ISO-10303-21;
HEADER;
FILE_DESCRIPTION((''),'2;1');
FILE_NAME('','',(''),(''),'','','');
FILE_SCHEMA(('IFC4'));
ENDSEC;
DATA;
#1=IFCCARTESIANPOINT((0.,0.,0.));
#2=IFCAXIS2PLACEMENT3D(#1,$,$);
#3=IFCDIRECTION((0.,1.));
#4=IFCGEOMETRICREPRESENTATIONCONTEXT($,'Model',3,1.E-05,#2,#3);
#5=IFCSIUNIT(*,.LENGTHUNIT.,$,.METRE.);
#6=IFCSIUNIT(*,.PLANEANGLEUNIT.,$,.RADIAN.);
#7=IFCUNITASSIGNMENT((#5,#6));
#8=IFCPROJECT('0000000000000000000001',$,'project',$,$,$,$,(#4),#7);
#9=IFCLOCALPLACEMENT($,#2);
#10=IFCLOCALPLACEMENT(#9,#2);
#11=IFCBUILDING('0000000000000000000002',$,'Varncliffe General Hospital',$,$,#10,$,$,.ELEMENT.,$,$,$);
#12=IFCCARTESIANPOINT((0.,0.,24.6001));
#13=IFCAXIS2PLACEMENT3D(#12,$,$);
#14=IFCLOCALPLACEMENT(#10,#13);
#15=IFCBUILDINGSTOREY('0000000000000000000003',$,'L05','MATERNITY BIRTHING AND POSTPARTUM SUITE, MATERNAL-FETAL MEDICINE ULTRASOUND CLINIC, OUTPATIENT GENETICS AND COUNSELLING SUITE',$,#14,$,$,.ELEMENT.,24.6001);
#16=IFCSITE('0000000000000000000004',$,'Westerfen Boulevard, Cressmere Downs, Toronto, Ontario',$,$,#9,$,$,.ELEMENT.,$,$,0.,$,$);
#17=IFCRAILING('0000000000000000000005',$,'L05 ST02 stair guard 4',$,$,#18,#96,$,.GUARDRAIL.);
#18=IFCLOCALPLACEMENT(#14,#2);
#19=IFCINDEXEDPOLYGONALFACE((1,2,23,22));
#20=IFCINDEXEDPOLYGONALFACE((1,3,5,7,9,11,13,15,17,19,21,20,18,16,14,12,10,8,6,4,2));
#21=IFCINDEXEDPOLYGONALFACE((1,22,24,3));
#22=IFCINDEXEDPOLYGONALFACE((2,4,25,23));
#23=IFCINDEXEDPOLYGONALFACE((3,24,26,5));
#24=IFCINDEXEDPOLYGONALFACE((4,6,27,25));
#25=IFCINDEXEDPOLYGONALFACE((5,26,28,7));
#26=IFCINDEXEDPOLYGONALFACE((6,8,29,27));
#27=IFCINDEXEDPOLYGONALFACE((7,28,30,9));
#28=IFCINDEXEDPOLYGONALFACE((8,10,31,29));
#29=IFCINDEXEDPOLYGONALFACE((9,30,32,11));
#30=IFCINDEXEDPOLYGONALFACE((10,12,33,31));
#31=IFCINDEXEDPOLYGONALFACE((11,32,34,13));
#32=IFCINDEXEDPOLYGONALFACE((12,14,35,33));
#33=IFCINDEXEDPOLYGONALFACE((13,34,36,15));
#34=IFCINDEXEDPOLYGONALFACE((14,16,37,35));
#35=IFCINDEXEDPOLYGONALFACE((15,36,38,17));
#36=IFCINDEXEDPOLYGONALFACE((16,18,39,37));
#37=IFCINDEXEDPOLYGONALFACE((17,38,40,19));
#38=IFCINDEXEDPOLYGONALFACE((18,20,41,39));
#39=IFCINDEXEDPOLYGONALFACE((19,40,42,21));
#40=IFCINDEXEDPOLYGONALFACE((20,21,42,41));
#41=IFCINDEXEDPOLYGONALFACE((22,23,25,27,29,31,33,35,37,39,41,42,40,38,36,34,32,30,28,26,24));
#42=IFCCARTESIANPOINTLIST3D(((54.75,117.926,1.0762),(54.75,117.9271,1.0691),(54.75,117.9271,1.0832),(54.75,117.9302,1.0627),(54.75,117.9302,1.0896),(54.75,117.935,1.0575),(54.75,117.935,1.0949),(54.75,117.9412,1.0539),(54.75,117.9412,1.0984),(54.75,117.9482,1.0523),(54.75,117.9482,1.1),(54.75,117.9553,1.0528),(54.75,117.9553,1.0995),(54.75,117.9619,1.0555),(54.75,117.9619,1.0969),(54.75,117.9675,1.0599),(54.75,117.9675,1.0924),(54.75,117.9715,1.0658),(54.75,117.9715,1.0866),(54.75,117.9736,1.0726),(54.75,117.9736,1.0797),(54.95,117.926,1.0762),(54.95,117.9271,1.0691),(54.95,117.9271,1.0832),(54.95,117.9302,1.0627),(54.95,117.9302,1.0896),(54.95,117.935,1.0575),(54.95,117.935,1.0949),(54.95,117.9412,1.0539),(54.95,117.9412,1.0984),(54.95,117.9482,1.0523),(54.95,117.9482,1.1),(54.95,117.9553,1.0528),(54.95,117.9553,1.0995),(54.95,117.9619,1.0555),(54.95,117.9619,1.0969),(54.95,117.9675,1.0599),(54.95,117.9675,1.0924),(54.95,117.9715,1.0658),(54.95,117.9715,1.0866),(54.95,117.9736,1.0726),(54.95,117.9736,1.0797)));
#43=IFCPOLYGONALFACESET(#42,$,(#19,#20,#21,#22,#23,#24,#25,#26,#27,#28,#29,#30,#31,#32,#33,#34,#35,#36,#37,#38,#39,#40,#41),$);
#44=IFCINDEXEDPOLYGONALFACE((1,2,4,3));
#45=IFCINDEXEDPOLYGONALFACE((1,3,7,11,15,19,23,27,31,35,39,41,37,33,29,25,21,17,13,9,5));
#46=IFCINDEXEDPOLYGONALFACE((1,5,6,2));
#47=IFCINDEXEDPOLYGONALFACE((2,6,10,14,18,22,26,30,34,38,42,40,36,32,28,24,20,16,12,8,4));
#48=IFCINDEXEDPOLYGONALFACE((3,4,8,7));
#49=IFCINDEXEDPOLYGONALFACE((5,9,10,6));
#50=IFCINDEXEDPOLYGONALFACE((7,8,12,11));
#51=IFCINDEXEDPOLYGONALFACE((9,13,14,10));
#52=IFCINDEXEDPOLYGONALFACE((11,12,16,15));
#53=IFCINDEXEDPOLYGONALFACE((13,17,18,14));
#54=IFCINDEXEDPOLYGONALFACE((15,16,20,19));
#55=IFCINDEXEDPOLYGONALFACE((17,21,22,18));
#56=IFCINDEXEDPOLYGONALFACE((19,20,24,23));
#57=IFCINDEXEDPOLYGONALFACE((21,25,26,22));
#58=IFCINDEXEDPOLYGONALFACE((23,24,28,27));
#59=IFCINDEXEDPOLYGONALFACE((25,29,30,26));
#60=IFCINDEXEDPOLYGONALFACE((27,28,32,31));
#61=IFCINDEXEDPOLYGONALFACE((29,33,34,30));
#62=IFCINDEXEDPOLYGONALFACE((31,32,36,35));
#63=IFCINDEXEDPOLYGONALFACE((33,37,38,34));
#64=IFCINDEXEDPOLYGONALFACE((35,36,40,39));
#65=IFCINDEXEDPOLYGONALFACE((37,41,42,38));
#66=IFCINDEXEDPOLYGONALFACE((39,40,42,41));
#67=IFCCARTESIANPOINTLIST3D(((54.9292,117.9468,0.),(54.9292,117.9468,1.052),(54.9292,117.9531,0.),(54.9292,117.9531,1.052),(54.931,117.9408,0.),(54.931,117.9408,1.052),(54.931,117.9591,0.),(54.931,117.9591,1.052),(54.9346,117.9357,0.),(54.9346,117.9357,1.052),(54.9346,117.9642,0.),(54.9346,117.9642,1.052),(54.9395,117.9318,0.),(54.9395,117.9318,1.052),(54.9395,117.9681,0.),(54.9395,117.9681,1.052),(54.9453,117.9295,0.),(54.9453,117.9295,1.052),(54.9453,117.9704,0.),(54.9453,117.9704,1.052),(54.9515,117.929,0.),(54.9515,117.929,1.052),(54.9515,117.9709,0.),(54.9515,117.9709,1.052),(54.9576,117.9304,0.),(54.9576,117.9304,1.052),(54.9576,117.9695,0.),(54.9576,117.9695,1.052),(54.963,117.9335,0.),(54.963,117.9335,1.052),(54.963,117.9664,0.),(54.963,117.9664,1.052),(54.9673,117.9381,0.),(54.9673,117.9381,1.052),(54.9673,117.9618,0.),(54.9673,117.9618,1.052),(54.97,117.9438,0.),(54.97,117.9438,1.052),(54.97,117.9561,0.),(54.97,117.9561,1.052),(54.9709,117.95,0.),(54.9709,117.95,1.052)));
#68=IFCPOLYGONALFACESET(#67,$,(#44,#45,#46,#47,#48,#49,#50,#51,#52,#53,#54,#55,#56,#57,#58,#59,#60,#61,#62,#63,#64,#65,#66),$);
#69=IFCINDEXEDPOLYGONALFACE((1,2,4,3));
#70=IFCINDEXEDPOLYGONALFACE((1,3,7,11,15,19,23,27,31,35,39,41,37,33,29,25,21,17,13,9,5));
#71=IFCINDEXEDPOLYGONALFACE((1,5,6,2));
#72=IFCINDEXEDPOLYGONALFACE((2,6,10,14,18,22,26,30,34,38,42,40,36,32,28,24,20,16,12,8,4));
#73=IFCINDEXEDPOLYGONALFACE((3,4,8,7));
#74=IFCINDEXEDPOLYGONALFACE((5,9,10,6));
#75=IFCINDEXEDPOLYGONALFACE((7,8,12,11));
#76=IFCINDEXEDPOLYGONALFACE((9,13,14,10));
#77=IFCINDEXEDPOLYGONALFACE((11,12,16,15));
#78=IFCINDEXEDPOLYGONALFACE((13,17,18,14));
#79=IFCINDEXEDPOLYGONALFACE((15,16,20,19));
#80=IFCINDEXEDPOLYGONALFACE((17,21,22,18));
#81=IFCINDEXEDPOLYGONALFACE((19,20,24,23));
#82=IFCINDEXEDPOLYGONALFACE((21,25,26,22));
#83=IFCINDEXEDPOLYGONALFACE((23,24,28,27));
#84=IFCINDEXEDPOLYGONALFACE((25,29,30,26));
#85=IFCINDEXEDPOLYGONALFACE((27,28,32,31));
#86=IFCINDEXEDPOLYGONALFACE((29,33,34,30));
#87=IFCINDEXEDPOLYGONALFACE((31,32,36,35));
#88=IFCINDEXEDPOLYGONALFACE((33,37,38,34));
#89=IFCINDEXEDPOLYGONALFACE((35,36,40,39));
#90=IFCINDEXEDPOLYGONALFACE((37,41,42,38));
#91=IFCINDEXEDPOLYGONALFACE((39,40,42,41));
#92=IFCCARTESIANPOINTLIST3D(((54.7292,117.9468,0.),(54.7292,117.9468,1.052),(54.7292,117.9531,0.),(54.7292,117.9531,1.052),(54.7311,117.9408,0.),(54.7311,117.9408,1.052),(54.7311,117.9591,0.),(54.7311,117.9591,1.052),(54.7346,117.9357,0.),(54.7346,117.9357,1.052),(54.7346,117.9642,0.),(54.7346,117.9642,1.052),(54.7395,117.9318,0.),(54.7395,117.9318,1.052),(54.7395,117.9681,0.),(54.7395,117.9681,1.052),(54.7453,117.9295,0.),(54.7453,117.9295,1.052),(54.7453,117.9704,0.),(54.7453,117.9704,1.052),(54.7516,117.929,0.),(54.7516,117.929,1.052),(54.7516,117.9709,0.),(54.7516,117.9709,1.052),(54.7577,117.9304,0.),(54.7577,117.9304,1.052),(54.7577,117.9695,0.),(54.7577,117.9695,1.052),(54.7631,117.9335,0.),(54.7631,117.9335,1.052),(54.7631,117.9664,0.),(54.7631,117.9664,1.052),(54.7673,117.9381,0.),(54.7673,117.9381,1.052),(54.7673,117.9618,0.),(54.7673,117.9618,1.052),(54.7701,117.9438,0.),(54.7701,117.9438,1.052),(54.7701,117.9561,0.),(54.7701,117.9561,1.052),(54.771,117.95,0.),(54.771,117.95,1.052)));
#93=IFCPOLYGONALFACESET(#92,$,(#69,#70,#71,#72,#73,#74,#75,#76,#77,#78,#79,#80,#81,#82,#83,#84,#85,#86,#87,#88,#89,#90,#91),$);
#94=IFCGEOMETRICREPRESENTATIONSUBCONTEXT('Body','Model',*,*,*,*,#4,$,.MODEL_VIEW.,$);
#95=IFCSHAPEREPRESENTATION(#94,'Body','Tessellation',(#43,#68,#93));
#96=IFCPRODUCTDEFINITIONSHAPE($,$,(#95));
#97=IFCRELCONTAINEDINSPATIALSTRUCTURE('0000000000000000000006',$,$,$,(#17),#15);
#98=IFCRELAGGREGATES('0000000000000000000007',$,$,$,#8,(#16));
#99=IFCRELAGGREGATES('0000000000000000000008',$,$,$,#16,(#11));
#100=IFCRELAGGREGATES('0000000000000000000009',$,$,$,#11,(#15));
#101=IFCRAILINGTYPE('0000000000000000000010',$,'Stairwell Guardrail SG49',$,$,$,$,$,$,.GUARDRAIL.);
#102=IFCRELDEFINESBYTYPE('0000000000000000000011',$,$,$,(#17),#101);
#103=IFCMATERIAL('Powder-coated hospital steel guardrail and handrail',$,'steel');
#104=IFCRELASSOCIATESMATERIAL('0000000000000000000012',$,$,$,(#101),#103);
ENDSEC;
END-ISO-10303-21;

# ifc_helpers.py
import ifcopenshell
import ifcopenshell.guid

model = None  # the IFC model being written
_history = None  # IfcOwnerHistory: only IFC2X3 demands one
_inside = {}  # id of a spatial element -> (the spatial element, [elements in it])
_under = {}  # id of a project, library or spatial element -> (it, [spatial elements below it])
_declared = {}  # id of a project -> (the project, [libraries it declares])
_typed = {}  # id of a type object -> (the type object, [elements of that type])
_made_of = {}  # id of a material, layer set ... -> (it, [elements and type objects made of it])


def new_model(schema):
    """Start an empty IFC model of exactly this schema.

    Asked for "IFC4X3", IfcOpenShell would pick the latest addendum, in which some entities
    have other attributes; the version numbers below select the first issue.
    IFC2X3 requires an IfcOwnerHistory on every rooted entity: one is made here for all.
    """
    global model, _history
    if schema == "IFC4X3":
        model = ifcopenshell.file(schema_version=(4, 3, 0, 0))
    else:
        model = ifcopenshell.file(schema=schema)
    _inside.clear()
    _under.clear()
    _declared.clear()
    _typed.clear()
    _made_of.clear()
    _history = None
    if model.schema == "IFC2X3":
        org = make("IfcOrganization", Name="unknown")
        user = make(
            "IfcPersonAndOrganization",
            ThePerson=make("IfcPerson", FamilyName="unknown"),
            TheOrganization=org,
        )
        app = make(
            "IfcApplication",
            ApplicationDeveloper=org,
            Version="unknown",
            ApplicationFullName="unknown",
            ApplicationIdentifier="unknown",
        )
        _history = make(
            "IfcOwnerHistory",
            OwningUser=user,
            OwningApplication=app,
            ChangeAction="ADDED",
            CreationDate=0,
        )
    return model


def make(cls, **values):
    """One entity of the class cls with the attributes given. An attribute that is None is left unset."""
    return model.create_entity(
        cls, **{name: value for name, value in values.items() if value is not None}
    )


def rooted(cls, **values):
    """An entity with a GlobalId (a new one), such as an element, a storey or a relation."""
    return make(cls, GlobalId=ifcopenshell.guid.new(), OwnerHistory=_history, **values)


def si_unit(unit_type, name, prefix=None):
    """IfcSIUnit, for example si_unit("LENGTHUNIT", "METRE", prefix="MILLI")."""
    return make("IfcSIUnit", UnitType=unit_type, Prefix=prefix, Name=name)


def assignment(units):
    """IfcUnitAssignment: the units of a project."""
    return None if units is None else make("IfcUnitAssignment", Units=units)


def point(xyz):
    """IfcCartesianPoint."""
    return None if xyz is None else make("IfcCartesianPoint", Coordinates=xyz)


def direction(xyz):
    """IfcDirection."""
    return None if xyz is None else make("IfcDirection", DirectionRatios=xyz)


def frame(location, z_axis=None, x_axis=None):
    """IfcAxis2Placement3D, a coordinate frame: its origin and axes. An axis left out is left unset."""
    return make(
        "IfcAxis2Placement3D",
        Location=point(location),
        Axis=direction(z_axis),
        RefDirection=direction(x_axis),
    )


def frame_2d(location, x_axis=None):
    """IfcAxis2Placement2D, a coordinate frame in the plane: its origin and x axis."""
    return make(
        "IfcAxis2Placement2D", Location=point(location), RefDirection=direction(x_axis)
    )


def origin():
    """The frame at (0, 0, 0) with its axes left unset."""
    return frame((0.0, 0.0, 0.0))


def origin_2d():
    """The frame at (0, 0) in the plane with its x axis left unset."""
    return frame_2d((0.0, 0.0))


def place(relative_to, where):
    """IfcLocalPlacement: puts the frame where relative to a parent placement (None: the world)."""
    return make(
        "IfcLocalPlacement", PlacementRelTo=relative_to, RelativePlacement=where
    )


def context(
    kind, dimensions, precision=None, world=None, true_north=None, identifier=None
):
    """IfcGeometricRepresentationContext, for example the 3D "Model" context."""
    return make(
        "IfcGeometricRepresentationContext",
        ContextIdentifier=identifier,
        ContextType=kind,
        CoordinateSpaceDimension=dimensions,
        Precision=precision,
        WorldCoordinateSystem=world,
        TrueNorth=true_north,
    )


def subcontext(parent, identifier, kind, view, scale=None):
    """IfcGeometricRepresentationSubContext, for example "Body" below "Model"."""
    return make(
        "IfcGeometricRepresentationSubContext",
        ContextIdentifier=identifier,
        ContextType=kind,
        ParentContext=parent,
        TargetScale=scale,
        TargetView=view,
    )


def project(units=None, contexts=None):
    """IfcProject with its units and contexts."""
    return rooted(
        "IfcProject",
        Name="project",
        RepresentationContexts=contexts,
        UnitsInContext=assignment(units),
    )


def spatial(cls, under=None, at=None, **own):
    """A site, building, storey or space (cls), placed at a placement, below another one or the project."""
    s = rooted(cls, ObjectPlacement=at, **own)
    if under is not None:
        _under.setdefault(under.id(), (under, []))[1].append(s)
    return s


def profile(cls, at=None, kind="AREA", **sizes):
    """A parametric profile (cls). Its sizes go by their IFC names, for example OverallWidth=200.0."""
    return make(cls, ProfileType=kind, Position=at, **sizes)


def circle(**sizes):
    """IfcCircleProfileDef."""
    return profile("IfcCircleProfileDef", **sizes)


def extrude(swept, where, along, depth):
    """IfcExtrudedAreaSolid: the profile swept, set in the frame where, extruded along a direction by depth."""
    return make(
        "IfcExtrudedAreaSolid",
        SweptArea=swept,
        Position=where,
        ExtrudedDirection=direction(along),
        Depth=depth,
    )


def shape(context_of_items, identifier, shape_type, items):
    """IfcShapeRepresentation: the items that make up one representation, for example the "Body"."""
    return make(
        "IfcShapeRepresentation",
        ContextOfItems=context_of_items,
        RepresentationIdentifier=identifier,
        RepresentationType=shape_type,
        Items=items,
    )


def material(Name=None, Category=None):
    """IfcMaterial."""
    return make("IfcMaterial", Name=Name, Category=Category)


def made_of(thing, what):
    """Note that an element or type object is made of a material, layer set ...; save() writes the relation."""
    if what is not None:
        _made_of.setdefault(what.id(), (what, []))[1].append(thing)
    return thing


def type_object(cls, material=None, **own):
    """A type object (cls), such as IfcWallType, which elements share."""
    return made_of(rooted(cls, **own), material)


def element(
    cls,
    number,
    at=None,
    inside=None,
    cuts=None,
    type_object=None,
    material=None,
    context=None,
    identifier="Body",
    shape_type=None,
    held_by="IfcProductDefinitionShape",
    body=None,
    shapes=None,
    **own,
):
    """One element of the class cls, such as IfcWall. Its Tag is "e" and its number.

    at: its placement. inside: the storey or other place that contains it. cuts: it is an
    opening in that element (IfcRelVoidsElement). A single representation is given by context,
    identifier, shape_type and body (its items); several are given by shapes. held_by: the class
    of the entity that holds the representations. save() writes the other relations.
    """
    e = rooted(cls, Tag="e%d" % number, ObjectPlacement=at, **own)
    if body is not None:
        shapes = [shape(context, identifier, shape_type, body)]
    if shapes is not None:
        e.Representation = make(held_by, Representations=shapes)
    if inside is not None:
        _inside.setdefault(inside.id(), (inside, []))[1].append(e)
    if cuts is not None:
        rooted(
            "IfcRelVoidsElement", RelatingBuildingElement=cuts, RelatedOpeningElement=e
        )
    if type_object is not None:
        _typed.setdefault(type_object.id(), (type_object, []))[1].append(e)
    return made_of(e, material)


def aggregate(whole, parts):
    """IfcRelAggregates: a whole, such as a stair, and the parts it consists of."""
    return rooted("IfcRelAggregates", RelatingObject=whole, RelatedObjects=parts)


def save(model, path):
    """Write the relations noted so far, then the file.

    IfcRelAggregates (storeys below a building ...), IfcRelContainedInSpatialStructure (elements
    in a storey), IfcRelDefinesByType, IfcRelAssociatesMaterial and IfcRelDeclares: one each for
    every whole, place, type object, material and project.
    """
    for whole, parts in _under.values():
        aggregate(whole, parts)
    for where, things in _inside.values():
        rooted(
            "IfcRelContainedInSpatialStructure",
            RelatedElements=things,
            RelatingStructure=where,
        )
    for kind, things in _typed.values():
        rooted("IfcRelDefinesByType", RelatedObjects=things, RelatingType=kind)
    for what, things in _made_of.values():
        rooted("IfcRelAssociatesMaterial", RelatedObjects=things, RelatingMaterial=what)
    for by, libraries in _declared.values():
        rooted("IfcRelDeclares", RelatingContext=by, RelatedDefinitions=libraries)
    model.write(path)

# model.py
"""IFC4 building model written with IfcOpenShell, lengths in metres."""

from ifc_helpers import new_model, si_unit, direction, frame, origin, origin_2d, place, context, subcontext, project, spatial, circle, extrude, material, type_object, element, save


model = new_model("IFC4")

# Units and contexts
model_context = context("Model", 3, precision=1e-05, world=origin(), true_north=direction((0.0, 1.0)))
body_context = subcontext(model_context, "Body", "Model", "MODEL_VIEW")
ifc_project = project(units=[si_unit("LENGTHUNIT", "METRE"), si_unit("PLANEANGLEUNIT", "RADIAN")], contexts=[model_context])

# Site, building, storey
site_placement = place(None, origin())
site = spatial("IfcSite", under=ifc_project, at=site_placement, Name="Westerfen Boulevard, Cressmere Downs, Toronto, Ontario", CompositionType="ELEMENT", RefElevation=0.0)
building_placement = place(site_placement, origin())
building = spatial("IfcBuilding", under=site, at=building_placement, Name="Varncliffe General Hospital", CompositionType="ELEMENT")
storey_placement = place(building_placement, frame((0.0, 0.0, 24.6001)))
storey = spatial("IfcBuildingStorey", under=building, at=storey_placement, Name="L05", Description="MATERNITY BIRTHING AND POSTPARTUM SUITE, MATERNAL-FETAL MEDICINE ULTRASOUND CLINIC, OUTPATIENT GENETICS AND COUNSELLING SUITE", CompositionType="ELEMENT", Elevation=24.6001)

# Railing
ifc_material_1 = material(Name="Powder-coated hospital steel guardrail and handrail", Category="steel")
railing_type_1 = type_object("IfcRailingType", Name="Stairwell Guardrail SG49", PredefinedType="GUARDRAIL", material=ifc_material_1)
railing_1_placement = place(storey_placement, frame((54.95, 117.95, 0.0)))
element("IfcRailing", 1, at=railing_1_placement, inside=storey, type_object=railing_type_1, Name="L05 ST02 stair guard 4", PredefinedType="GUARDRAIL", context=body_context, shape_type="SweptSolid", body=[
    extrude(circle(Radius=0.0239, at=origin_2d()), frame((0.0, 0.0, 1.0762), z_axis=(-1.0, 0.0, 0.0), x_axis=(0.0, -1.0, 0.0)), (0.0, 0.0, 1.0), 0.2),
    extrude(circle(Radius=0.021, at=origin_2d()), origin(), (0.0, 0.0, 1.0), 1.052),
    extrude(circle(Radius=0.021, at=origin_2d()), frame((-0.2, 0.0, 0.0)), (0.0, 0.0, 1.0), 1.052),
])

save(model, "model.ifc")
